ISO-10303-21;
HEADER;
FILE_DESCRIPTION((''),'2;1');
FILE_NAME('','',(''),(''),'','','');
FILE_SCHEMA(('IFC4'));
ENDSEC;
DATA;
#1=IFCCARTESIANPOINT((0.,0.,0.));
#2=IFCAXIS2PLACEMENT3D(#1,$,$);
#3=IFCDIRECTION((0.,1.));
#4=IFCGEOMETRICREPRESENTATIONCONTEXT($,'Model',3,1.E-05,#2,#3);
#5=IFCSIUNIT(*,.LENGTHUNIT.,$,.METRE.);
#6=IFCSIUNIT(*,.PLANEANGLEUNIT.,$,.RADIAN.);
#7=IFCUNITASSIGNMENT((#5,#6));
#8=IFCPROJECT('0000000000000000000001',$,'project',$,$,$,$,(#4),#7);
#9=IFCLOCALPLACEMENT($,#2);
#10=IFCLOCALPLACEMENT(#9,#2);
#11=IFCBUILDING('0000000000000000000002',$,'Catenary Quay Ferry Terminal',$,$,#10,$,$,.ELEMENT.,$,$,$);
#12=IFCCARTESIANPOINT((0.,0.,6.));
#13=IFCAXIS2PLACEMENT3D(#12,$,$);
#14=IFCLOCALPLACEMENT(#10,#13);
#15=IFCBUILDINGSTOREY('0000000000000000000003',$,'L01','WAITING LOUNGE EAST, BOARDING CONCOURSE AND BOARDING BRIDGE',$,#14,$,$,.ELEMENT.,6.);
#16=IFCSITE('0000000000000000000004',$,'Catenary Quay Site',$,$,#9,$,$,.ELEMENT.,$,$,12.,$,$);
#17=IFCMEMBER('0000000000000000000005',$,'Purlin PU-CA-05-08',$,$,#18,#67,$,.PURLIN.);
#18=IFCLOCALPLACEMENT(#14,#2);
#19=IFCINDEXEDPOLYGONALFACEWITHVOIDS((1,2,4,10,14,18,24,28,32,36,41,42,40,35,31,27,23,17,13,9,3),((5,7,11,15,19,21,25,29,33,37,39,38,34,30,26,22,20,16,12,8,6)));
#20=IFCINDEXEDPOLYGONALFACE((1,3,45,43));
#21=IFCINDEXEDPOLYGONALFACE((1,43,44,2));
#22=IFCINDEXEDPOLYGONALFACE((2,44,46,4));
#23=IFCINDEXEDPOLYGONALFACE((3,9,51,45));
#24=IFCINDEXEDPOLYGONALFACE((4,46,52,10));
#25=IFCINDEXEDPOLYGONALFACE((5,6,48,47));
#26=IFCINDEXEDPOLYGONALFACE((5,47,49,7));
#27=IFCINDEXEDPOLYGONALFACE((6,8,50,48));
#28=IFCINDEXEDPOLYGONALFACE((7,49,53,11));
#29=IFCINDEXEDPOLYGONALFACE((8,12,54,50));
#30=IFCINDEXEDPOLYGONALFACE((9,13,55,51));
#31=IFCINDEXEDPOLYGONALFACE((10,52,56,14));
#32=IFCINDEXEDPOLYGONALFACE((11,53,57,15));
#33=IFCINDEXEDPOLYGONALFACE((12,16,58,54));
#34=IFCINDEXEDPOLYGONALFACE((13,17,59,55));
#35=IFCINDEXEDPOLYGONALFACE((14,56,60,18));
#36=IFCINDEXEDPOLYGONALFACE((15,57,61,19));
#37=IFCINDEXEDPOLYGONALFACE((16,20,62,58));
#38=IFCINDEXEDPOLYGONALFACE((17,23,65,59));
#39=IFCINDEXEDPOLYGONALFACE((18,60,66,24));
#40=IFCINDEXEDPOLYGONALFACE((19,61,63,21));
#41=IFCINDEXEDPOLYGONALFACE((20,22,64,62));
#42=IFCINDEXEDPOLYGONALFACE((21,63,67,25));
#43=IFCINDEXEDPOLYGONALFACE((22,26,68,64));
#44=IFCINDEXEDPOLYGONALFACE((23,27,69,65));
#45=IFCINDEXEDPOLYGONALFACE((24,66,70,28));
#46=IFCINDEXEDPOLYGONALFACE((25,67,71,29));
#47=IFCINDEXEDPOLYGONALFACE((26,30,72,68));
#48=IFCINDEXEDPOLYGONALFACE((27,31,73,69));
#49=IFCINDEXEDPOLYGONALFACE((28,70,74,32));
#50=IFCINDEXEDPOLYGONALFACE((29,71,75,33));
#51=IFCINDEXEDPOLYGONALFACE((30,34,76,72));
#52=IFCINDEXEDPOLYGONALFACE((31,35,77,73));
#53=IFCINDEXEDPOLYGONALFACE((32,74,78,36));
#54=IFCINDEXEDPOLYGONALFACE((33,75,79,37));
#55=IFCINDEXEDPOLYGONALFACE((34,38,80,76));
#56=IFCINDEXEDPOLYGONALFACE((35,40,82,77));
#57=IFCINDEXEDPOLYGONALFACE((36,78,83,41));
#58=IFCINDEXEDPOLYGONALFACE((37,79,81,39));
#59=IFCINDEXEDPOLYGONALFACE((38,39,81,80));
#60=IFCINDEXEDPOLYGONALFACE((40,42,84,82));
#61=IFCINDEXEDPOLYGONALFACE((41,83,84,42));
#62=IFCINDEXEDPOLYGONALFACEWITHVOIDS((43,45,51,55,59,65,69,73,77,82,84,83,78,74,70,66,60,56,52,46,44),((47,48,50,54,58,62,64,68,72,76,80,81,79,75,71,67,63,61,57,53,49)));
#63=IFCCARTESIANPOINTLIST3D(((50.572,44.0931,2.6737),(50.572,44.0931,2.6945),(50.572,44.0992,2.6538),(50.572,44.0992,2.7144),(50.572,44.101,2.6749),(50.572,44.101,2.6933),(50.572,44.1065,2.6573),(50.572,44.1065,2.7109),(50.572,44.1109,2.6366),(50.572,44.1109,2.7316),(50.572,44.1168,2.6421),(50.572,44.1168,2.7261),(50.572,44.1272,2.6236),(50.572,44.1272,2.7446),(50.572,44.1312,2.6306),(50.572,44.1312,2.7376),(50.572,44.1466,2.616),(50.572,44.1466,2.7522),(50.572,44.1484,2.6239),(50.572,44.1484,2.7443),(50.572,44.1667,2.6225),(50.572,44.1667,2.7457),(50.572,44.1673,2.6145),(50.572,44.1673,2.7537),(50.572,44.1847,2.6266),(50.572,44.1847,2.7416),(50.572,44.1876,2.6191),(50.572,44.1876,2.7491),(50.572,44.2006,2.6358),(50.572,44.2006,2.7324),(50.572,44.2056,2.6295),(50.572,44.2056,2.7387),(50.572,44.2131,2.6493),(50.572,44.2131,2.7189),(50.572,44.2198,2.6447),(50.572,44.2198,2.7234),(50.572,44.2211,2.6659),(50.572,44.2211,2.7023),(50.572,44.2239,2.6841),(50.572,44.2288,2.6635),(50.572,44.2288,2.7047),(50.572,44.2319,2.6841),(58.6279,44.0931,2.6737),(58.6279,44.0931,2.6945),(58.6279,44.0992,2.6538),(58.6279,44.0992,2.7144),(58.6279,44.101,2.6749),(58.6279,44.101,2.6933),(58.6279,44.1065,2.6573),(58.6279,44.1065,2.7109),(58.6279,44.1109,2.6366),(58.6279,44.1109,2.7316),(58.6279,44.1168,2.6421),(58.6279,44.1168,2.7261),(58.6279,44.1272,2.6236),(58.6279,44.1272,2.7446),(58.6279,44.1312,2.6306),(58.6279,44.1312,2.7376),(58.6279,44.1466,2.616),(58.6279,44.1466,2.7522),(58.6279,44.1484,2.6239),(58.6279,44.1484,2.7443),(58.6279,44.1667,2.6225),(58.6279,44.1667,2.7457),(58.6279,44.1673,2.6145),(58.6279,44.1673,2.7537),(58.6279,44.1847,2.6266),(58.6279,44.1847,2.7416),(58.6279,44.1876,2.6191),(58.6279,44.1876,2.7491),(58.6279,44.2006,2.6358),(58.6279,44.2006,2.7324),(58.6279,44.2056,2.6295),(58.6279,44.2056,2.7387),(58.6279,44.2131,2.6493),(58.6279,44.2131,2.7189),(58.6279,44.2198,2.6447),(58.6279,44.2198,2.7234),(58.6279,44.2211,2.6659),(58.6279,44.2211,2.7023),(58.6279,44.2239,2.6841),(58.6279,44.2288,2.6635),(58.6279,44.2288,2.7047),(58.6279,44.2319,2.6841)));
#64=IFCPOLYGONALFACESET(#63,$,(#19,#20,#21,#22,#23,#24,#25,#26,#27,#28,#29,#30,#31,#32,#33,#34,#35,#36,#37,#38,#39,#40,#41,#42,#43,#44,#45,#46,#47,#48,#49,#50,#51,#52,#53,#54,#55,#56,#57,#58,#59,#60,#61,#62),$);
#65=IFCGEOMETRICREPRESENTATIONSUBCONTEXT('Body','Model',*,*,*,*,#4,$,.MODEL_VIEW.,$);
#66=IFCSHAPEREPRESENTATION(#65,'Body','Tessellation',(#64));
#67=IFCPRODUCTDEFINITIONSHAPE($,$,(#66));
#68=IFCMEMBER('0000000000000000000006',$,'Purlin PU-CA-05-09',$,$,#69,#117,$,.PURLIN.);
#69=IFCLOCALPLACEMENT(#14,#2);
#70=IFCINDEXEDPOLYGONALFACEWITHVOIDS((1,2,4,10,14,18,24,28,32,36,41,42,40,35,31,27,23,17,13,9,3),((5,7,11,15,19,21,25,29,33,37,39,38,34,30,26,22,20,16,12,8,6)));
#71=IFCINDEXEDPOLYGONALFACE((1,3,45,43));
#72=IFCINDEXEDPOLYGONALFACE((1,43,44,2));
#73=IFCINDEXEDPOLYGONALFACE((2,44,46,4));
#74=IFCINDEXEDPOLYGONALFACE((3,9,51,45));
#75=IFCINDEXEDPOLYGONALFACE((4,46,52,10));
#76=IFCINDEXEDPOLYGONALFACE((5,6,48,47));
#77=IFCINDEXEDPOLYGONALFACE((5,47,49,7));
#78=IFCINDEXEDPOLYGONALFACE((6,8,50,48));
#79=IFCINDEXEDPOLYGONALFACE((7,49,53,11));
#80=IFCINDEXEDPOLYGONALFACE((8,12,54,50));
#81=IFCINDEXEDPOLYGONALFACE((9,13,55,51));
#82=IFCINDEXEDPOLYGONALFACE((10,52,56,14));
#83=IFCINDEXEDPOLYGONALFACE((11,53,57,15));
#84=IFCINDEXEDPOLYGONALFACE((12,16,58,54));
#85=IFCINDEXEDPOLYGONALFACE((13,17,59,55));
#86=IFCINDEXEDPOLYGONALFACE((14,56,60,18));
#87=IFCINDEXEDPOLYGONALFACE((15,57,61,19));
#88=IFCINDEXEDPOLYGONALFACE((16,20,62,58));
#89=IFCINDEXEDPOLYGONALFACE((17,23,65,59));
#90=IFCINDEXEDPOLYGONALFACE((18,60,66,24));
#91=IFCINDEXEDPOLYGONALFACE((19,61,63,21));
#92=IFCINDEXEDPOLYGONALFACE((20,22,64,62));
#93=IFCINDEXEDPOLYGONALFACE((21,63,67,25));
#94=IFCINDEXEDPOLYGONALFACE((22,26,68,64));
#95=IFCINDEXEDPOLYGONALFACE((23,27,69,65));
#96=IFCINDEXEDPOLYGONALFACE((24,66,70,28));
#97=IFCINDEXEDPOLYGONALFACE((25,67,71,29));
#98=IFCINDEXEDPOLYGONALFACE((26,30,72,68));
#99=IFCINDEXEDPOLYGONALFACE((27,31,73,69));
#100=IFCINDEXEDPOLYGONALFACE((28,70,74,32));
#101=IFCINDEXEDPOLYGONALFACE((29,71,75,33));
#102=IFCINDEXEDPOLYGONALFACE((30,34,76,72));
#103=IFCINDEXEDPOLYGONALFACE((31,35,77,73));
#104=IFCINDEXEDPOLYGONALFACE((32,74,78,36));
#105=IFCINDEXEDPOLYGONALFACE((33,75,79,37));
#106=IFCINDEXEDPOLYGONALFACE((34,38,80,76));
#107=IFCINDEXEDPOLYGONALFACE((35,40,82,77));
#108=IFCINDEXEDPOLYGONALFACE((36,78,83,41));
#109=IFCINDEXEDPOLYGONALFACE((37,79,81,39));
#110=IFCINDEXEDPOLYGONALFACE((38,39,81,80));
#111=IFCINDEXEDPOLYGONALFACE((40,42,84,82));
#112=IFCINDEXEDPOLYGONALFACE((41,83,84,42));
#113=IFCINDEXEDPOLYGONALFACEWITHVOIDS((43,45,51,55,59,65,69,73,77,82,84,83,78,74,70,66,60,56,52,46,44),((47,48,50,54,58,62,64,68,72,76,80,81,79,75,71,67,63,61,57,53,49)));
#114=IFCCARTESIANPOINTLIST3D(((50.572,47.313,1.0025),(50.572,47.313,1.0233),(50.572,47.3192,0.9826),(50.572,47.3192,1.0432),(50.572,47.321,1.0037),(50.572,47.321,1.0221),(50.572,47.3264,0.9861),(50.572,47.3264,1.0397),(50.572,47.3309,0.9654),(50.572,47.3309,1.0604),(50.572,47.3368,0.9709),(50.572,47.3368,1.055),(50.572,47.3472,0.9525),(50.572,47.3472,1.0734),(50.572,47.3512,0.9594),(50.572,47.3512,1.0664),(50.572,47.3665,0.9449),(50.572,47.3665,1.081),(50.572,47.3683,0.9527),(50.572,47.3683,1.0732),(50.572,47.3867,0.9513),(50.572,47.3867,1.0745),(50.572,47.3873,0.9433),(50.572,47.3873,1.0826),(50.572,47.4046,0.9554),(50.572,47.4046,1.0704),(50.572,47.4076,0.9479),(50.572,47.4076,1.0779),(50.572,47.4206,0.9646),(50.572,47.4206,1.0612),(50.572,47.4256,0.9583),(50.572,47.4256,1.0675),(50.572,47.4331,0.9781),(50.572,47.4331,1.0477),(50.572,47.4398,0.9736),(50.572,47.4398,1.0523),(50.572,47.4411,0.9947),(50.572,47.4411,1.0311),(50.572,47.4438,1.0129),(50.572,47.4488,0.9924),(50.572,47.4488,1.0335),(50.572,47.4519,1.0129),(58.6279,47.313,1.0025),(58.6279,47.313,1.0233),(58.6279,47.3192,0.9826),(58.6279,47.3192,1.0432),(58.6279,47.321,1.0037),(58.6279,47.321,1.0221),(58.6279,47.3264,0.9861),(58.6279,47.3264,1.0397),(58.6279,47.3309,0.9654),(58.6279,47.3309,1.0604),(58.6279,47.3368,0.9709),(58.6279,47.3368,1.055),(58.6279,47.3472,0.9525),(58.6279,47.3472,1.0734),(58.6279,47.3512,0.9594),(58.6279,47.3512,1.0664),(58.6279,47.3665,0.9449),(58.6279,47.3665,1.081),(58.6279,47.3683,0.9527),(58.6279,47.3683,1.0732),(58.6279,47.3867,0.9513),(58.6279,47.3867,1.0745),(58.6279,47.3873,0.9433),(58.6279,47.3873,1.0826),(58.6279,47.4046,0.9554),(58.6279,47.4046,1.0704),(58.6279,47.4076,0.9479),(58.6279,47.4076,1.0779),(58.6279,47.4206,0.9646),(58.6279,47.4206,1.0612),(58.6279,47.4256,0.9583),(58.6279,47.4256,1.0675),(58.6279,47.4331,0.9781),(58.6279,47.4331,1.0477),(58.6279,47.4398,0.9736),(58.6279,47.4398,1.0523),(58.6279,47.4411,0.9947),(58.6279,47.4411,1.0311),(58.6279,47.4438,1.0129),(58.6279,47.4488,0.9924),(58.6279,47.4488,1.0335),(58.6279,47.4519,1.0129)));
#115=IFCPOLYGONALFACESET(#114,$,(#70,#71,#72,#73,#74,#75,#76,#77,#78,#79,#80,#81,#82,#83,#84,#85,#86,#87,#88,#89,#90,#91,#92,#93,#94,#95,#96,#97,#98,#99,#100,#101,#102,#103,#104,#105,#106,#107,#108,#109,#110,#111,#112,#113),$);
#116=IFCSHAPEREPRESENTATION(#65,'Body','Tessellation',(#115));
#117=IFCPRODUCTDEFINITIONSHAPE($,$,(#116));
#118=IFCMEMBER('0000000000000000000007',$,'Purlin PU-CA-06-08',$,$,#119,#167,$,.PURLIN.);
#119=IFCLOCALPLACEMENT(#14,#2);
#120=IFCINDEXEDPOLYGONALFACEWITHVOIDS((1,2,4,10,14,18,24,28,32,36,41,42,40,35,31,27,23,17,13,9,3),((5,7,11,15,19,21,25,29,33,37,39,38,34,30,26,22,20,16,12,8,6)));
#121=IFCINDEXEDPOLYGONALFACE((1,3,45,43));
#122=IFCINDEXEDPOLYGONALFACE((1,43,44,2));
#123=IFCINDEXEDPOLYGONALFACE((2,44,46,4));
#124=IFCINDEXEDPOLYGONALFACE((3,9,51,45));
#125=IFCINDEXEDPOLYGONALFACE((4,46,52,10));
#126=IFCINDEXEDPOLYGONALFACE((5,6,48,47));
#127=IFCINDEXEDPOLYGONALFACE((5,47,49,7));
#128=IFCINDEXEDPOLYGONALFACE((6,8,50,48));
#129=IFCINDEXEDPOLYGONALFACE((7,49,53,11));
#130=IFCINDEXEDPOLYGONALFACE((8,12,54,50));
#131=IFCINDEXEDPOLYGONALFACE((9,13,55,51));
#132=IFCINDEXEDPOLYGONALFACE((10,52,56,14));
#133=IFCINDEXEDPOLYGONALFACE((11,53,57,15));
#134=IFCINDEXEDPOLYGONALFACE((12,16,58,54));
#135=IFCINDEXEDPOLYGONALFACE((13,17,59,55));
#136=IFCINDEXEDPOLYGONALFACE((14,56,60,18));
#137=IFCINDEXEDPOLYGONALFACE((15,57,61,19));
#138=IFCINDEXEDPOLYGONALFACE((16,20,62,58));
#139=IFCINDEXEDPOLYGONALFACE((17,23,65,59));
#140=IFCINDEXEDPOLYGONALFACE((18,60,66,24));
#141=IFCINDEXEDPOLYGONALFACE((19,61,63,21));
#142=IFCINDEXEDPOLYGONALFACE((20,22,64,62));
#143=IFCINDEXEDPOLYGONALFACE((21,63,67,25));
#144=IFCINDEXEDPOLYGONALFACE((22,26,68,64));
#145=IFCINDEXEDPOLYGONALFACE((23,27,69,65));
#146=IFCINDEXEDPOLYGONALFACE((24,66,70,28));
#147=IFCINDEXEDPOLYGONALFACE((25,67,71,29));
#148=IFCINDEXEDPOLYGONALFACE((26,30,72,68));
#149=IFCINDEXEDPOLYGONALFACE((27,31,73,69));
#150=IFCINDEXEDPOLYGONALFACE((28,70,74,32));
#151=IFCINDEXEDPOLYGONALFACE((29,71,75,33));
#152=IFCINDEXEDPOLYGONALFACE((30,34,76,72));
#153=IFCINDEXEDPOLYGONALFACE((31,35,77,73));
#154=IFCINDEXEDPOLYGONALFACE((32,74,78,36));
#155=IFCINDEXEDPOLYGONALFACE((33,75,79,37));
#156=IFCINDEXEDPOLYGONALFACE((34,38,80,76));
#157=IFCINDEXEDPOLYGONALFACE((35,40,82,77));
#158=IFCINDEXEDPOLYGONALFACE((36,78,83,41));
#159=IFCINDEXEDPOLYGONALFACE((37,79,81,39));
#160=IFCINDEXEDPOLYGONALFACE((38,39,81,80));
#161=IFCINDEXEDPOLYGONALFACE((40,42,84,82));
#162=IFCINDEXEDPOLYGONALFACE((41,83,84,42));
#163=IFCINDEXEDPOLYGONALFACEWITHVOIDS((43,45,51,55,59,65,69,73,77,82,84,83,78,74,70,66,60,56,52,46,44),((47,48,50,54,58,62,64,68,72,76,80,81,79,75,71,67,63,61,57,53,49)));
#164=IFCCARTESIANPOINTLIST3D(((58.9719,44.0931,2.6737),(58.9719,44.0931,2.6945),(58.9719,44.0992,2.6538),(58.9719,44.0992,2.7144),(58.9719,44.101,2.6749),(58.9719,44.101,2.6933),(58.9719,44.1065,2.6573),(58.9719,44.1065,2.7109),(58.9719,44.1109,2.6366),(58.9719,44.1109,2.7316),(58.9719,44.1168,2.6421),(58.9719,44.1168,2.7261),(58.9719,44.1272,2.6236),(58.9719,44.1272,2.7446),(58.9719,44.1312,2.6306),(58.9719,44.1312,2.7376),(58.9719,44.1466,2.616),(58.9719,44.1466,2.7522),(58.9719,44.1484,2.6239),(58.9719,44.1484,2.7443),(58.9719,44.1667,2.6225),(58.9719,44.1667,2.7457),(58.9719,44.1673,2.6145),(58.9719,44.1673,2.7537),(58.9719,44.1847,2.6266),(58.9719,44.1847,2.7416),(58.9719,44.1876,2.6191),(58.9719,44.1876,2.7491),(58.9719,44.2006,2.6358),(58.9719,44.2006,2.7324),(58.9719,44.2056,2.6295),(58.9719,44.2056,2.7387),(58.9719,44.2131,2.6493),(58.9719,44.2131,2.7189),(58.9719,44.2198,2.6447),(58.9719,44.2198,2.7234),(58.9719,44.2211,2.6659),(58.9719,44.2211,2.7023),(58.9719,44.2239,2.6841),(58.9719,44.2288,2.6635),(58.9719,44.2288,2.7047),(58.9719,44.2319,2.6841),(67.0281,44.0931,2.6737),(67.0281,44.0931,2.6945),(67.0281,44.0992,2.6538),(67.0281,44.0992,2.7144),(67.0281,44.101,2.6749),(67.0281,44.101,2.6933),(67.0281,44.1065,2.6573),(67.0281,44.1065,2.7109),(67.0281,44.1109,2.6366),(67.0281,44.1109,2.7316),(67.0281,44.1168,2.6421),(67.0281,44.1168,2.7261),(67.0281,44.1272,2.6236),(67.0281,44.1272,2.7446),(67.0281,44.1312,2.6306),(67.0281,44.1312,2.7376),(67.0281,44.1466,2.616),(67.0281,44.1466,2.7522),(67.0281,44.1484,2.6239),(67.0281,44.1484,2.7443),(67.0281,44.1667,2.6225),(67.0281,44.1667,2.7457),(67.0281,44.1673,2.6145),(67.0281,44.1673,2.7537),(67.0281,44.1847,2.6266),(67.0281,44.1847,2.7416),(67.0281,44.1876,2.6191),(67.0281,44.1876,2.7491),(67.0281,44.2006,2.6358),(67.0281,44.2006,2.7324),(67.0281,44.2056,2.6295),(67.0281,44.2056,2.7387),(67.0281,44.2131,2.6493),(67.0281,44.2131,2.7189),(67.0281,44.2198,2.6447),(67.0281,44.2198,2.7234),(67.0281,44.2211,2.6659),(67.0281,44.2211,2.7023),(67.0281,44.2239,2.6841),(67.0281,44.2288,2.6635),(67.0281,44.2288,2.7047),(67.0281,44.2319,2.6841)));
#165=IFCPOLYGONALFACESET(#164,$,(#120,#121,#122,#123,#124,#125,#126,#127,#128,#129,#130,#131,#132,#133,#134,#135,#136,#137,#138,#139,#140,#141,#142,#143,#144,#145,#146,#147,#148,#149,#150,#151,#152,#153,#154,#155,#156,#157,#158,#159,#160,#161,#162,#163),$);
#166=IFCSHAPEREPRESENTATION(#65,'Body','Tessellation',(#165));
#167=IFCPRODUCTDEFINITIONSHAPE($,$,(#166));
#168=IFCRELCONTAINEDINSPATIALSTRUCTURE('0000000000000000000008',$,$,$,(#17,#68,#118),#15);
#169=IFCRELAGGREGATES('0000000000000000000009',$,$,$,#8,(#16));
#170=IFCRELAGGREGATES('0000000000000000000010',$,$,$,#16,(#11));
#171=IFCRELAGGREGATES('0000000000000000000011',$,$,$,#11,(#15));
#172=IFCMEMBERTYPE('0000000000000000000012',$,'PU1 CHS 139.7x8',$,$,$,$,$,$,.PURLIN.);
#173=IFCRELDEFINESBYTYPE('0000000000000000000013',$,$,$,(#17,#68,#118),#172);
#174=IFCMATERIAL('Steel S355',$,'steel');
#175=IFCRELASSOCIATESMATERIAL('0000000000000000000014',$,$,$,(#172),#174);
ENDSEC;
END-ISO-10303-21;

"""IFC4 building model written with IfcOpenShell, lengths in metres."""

from ifc_helpers import new_model, si_unit, direction, frame, origin, origin_2d, place, context, subcontext, project, spatial, hollow_circle, extrude, material, material_profile, profile_set, type_object, element, save


model = new_model("IFC4")

# Units and contexts
model_context = context("Model", 3, precision=1e-05, world=origin(), true_north=direction((0.0, 1.0)))
body_context = subcontext(model_context, "Body", "Model", "MODEL_VIEW")
ifc_project = project(units=[si_unit("LENGTHUNIT", "METRE"), si_unit("PLANEANGLEUNIT", "RADIAN")], contexts=[model_context])

# Site, building, storey
site_placement = place(None, origin())
site = spatial("IfcSite", under=ifc_project, at=site_placement, Name="Catenary Quay Site", CompositionType="ELEMENT", RefElevation=12.0)
building_placement = place(site_placement, origin())
building = spatial("IfcBuilding", under=site, at=building_placement, Name="Catenary Quay Ferry Terminal", CompositionType="ELEMENT")
storey_placement = place(building_placement, frame((0.0, 0.0, 6.0)))
storey = spatial("IfcBuildingStorey", under=building, at=storey_placement, Name="L01", Description="WAITING LOUNGE EAST, BOARDING CONCOURSE AND BOARDING BRIDGE", CompositionType="ELEMENT", Elevation=6.0)

# Members
ifc_material_1 = material(Name="Steel S355", Category="steel")
ifc_material_profile_1 = material_profile(ifc_material_1, hollow_circle(Radius=0.0698, WallThickness=0.0081, at=origin_2d()), Name="CHS 139.7x8")
ifc_profile_set_1 = profile_set([ifc_material_profile_1], Name="Steel S355")
member_type_1 = type_object("IfcMemberType", Name="PU1 CHS 139.7x8", PredefinedType="PURLIN", material=ifc_profile_set_1)
for number, where, z_axis, x_axis, name in (
    (1, (50.572, 44.1621, 2.6841), (1.0, 0.0, 0.0), (0.0, 1.0, 0.0), "Purlin PU-CA-05-08"),
    (2, (50.572, 47.3821, 1.0129), (1.0, 0.0, 0.0), (0.0, 1.0, 0.0), "Purlin PU-CA-05-09"),
):
    element("IfcMember", number, at=place(storey_placement, frame(where, z_axis=z_axis, x_axis=x_axis)), inside=storey, type_object=member_type_1, Name=name, PredefinedType="PURLIN", context=body_context, shape_type="SweptSolid", body=[
        extrude(hollow_circle(Radius=0.0698, WallThickness=0.0081, at=origin_2d()), origin(), (0.0, 0.0, 1.0), 8.0559),
    ])
for number, where, z_axis, x_axis, name in (
    (3, (58.9719, 44.1621, 2.6841), (1.0, 0.0, 0.0), (0.0, 1.0, 0.0), "Purlin PU-CA-06-08"),
):
    element("IfcMember", number, at=place(storey_placement, frame(where, z_axis=z_axis, x_axis=x_axis)), inside=storey, type_object=member_type_1, Name=name, PredefinedType="PURLIN", context=body_context, shape_type="SweptSolid", body=[
        extrude(hollow_circle(Radius=0.0698, WallThickness=0.0081, at=origin_2d()), origin(), (0.0, 0.0, 1.0), 8.0562),
    ])

save(model, "model.ifc")
